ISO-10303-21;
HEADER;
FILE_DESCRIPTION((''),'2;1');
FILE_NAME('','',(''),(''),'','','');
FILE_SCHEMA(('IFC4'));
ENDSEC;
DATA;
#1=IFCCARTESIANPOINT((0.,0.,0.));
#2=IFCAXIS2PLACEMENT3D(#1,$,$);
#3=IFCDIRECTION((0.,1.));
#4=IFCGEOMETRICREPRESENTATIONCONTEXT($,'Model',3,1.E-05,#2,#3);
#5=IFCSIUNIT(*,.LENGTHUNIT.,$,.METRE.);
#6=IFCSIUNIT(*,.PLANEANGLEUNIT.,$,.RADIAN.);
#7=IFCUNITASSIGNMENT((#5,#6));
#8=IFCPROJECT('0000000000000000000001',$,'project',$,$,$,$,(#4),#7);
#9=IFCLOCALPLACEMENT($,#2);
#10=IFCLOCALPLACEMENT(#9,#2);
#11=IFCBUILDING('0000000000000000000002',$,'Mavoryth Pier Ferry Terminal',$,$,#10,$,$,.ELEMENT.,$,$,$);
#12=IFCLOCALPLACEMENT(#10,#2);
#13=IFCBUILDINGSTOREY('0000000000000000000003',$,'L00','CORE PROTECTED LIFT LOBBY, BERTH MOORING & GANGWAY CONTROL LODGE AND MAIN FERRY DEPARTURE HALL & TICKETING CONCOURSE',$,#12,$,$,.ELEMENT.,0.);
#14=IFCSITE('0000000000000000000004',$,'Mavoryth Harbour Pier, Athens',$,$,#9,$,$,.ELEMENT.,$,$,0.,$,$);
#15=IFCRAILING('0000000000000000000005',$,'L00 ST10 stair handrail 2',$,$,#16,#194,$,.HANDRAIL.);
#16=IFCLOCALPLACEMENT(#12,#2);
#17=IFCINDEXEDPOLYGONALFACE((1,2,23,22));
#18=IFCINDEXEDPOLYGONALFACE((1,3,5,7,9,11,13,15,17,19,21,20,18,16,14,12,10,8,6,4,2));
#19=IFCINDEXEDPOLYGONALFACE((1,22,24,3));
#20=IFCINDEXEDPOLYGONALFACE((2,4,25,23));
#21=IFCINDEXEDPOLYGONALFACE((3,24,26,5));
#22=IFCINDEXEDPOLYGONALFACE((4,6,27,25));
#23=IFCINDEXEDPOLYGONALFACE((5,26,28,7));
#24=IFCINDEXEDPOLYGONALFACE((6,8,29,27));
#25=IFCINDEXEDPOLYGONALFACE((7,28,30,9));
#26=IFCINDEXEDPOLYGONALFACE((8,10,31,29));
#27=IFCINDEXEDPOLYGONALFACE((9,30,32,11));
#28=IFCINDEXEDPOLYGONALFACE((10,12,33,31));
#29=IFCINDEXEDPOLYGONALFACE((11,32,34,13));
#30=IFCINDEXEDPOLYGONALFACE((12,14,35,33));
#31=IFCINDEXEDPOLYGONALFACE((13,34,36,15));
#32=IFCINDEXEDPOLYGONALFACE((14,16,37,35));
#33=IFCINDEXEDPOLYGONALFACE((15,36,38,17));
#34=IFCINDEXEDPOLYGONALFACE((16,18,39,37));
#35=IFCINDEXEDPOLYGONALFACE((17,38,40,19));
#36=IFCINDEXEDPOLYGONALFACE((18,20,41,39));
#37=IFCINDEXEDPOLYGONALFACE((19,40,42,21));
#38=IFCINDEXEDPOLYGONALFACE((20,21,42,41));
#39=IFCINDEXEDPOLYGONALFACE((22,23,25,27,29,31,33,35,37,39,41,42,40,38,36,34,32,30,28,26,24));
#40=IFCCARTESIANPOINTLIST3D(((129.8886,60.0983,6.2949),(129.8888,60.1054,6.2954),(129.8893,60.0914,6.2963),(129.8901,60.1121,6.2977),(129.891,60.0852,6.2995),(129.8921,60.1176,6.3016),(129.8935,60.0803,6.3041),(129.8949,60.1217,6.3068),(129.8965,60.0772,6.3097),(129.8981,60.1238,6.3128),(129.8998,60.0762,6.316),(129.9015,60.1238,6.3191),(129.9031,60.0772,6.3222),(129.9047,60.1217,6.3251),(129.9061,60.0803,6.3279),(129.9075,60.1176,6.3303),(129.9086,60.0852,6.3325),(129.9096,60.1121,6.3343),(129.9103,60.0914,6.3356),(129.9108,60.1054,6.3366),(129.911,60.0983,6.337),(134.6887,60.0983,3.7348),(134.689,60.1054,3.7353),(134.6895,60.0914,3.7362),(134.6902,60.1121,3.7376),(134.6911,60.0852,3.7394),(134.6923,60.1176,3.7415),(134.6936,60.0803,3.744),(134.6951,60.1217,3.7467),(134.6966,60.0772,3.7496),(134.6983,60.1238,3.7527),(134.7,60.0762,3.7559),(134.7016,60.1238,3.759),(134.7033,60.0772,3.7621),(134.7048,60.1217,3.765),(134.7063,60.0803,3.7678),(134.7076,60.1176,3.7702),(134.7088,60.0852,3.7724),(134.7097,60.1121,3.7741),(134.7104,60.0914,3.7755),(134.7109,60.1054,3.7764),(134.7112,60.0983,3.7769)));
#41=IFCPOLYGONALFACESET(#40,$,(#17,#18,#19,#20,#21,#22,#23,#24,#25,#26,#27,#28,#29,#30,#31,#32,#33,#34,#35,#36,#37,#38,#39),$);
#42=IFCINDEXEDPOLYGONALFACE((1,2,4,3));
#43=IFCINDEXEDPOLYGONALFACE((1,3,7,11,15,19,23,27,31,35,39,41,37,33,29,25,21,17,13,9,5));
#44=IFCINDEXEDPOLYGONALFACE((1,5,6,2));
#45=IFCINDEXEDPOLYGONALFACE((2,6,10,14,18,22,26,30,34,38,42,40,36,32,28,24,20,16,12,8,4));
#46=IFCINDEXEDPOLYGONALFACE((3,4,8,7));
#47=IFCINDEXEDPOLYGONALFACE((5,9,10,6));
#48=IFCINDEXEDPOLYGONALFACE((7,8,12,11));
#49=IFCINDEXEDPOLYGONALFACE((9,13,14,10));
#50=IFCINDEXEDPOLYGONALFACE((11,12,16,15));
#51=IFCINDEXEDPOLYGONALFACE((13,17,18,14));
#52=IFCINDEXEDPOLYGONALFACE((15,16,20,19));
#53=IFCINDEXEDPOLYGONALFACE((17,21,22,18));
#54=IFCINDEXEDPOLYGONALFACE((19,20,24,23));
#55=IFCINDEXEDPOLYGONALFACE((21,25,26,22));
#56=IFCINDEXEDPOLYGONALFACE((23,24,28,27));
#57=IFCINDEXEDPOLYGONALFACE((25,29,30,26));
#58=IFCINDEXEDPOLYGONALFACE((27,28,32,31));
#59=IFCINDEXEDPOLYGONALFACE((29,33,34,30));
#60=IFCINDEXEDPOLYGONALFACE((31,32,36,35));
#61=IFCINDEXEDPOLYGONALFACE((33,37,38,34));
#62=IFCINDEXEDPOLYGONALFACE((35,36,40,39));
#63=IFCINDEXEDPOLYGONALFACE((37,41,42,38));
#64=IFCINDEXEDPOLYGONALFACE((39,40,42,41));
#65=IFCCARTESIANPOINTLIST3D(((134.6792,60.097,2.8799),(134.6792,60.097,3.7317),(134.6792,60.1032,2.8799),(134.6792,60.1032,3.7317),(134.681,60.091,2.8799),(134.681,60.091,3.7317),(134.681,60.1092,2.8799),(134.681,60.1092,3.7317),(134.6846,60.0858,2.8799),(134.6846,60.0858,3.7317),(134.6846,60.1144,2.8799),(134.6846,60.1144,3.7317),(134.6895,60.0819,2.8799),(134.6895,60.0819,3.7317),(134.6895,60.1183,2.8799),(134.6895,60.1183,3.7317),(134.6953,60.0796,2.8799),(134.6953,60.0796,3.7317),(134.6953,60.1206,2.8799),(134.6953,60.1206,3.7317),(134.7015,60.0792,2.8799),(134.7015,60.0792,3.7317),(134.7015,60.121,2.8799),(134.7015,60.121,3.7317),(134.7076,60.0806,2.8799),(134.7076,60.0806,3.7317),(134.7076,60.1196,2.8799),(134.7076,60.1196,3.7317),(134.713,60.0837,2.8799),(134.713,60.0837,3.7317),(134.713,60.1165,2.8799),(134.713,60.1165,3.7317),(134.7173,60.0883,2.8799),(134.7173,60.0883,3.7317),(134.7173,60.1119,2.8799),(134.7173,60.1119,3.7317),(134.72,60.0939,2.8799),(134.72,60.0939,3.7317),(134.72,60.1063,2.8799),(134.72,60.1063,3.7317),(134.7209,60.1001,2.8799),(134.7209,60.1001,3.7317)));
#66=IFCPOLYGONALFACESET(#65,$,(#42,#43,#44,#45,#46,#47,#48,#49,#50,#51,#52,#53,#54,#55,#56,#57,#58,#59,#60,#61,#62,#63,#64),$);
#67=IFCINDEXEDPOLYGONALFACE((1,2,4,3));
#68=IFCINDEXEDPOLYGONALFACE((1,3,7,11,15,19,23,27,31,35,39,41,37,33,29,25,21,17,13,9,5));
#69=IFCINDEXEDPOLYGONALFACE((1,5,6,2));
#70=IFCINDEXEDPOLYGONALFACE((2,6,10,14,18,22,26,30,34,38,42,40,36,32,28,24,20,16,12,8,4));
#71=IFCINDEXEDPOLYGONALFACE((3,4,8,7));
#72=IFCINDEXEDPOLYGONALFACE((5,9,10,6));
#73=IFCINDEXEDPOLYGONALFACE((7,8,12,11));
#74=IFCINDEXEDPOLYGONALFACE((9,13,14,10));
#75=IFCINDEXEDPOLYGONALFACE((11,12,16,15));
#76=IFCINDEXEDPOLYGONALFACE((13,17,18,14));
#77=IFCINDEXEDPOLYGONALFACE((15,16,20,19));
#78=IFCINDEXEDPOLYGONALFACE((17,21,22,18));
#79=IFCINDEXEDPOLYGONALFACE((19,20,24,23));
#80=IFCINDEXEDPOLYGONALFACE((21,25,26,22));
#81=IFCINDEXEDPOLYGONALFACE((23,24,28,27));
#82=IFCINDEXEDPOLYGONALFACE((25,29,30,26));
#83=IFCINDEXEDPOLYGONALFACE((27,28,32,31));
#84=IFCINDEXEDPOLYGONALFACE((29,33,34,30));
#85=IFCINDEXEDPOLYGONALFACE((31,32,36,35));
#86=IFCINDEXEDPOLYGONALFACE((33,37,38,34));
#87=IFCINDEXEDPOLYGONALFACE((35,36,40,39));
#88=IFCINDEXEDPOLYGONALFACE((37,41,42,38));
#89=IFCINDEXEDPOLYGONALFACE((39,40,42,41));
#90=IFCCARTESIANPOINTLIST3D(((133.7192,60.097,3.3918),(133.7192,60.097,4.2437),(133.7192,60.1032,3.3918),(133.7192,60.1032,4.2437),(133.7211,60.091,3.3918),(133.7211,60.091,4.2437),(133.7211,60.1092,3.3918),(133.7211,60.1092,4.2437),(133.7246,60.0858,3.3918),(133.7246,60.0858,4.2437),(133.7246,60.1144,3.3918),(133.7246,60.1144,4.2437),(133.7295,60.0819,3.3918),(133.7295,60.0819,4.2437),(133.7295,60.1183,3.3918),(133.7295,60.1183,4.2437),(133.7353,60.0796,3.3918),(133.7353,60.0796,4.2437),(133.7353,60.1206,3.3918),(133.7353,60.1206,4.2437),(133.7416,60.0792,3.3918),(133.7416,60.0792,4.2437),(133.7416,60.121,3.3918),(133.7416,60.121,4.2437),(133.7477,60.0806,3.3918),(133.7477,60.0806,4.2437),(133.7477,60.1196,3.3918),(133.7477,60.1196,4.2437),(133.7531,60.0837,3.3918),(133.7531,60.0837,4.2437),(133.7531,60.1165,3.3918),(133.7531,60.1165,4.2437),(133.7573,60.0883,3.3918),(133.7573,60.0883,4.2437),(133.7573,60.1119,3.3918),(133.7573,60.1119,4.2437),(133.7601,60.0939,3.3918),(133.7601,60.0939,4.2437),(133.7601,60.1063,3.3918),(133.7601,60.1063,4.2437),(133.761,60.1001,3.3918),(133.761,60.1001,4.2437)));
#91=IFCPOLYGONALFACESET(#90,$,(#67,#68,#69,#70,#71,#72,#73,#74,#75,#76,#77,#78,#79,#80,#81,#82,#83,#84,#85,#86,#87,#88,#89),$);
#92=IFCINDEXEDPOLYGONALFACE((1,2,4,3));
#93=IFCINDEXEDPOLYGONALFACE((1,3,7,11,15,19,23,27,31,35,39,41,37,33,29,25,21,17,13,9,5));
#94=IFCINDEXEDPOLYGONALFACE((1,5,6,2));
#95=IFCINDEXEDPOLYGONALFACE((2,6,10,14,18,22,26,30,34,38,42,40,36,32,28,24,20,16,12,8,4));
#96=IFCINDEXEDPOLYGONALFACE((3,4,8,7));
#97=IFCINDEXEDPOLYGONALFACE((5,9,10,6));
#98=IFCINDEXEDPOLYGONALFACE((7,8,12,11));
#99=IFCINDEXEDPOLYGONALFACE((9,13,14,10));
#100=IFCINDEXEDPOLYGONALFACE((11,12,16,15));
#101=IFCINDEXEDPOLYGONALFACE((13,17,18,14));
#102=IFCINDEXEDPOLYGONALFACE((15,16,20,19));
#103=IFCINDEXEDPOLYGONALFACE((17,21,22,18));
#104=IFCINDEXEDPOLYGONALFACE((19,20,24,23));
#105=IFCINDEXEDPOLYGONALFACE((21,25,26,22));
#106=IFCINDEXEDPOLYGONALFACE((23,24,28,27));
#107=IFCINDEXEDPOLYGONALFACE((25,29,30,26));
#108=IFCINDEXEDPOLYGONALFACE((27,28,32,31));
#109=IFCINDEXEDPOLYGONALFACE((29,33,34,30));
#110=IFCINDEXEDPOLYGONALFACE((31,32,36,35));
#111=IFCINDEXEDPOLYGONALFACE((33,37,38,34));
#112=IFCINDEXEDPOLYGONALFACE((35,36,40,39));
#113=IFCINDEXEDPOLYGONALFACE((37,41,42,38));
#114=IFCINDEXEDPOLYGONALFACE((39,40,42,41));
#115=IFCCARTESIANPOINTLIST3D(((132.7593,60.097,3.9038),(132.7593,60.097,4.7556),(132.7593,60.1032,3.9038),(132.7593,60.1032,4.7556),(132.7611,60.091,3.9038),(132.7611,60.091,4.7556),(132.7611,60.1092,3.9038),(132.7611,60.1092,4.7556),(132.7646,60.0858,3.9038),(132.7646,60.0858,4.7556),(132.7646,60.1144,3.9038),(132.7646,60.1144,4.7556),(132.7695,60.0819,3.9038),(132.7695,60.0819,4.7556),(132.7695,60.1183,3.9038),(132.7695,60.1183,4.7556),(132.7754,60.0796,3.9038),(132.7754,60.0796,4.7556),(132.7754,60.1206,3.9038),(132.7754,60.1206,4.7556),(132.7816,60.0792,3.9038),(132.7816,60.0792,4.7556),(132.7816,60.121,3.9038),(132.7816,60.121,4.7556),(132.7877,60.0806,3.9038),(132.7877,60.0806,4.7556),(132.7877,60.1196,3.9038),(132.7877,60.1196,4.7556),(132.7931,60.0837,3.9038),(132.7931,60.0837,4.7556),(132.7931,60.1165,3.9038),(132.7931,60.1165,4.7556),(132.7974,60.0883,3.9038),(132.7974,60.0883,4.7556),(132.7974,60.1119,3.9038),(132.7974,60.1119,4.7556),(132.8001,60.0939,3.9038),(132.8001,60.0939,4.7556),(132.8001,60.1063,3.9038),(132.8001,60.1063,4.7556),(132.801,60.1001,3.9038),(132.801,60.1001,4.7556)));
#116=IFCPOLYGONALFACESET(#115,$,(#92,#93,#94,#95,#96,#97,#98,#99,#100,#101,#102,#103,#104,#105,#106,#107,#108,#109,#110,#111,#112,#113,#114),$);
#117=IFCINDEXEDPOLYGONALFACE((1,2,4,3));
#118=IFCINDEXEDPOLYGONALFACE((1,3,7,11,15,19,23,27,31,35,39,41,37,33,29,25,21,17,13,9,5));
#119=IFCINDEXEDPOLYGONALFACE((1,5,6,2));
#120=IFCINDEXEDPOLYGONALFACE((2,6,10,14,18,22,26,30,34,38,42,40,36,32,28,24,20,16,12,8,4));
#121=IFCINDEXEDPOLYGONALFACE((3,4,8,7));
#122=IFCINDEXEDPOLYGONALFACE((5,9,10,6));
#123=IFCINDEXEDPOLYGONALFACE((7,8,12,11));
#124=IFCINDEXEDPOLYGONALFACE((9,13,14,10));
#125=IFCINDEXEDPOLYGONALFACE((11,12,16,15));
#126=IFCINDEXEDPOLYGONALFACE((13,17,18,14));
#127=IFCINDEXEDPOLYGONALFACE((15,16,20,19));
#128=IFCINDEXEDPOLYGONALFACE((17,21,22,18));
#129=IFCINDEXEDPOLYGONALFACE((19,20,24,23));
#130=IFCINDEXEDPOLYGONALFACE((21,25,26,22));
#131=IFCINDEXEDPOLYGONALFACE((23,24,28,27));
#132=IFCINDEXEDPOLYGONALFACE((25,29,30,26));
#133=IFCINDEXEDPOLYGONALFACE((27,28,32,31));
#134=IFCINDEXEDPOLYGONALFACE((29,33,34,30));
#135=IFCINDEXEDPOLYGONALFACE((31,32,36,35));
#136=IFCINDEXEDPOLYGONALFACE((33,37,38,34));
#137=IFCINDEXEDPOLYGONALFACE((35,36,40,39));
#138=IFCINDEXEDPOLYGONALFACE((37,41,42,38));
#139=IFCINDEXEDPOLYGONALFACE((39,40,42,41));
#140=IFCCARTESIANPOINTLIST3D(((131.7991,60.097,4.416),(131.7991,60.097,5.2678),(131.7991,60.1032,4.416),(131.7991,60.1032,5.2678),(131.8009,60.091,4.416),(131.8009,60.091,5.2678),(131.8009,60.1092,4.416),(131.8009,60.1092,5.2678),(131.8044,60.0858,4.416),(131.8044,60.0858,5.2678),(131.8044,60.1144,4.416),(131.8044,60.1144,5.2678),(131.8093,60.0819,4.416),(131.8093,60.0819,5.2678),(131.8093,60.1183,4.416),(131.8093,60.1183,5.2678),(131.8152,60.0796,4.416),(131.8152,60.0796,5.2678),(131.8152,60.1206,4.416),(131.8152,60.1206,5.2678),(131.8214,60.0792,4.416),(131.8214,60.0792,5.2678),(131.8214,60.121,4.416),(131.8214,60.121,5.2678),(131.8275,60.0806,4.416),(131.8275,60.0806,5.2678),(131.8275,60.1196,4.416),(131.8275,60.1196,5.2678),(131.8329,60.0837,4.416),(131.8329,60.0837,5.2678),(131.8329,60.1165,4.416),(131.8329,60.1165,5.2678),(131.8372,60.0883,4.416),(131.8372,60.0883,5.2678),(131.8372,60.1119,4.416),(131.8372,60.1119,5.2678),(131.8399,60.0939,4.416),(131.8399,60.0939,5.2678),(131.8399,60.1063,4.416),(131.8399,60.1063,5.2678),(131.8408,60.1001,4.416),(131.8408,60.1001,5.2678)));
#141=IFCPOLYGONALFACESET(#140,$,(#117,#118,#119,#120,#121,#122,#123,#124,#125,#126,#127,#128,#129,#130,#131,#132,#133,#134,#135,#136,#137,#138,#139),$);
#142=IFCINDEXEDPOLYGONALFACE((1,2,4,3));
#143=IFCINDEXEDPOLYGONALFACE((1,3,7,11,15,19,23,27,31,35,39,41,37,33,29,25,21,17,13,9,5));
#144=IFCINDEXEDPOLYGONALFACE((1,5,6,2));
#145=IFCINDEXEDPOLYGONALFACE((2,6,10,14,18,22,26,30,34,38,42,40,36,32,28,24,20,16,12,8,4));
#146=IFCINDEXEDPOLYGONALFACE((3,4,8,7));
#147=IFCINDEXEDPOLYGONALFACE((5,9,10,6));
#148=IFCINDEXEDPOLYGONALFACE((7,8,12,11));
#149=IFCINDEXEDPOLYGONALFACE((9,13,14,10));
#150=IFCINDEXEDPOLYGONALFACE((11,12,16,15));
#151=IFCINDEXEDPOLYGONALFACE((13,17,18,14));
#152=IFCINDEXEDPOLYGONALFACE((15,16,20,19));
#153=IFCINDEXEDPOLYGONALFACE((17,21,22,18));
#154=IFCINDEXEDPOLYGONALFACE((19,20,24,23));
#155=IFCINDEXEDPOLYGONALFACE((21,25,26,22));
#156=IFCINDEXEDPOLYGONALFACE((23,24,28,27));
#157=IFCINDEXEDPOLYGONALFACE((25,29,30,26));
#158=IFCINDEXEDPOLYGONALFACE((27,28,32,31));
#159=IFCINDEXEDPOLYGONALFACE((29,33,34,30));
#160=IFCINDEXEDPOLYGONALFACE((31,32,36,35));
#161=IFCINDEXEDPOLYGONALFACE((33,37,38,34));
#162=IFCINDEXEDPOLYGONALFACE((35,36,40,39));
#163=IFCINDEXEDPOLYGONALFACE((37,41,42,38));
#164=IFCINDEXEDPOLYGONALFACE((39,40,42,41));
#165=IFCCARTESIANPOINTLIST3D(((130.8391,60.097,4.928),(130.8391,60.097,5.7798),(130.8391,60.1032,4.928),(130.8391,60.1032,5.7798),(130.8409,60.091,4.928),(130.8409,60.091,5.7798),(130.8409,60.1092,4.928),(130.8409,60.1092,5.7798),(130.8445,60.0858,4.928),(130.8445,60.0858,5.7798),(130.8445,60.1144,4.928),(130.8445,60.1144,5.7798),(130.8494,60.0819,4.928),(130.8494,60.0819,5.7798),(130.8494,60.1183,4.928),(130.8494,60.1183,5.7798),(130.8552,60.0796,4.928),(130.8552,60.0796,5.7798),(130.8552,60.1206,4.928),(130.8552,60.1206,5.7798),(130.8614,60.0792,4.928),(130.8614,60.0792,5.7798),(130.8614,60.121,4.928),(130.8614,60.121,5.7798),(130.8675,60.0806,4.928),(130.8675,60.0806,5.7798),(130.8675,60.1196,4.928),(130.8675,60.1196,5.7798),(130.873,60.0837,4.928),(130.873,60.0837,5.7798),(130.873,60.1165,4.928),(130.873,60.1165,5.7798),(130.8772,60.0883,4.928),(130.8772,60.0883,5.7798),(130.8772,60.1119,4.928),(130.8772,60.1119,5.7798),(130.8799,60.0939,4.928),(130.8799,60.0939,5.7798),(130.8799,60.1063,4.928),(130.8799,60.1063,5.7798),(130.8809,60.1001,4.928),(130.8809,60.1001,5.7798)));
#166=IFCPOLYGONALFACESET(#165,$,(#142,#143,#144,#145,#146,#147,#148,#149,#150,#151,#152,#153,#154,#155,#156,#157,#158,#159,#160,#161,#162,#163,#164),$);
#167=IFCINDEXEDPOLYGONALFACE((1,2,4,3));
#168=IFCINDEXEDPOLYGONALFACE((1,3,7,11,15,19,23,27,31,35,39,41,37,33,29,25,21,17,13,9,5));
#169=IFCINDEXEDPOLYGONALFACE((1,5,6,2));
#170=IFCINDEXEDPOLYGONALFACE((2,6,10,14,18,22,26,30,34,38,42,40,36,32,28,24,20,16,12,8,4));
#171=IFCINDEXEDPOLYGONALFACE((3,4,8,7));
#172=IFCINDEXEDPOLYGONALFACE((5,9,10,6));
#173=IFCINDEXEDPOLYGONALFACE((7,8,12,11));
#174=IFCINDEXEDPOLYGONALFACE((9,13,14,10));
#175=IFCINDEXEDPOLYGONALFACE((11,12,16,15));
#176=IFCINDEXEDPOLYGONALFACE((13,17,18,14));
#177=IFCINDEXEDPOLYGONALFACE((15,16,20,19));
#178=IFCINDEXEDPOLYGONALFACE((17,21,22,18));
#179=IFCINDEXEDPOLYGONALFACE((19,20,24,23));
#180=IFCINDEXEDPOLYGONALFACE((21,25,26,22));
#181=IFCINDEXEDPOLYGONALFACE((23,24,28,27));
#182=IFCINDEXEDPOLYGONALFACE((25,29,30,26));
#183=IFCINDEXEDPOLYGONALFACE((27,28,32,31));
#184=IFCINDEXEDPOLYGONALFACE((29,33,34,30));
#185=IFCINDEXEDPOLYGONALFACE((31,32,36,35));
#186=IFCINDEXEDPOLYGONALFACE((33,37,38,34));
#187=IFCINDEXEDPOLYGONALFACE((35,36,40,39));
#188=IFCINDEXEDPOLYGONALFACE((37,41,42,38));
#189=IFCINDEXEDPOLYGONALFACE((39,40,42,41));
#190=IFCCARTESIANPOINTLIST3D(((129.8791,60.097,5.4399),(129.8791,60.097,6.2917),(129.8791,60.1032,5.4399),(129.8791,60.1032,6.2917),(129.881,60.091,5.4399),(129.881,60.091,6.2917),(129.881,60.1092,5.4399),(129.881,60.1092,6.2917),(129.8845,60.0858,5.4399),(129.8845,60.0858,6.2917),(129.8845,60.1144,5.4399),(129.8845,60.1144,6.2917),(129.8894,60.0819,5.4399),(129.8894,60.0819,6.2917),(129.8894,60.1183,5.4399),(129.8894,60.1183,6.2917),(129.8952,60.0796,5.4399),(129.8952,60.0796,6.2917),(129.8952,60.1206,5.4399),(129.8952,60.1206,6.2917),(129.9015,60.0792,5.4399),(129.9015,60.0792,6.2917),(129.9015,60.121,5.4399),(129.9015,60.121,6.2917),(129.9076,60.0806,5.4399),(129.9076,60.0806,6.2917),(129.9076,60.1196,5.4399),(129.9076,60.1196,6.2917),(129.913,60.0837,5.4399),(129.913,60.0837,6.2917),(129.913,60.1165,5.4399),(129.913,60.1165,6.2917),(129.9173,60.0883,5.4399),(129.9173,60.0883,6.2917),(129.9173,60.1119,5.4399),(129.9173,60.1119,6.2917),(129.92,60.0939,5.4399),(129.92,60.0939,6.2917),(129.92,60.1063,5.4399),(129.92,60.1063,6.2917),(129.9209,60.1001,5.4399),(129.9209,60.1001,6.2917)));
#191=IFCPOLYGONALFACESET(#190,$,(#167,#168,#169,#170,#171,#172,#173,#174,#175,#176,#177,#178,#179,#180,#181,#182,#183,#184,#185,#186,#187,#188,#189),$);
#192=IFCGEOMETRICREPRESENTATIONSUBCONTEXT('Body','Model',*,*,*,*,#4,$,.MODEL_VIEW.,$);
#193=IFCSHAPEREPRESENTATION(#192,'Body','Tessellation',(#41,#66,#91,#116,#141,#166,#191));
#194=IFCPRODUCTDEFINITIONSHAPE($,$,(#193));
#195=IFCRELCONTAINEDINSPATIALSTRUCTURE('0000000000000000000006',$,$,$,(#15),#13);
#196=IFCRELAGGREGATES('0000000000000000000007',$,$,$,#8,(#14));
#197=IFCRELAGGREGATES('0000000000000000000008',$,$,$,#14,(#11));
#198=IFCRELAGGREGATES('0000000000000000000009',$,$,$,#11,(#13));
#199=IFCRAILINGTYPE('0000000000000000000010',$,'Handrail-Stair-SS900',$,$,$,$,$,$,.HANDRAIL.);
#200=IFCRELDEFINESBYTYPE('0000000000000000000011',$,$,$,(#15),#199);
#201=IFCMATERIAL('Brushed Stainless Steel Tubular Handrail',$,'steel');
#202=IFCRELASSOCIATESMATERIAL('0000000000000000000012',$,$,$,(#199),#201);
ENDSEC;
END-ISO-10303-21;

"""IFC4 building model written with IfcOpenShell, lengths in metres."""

from ifc_helpers import new_model, si_unit, direction, frame, origin, origin_2d, place, context, subcontext, project, spatial, circle, extrude, material, type_object, element, save


model = new_model("IFC4")

# Units and contexts
model_context = context("Model", 3, precision=1e-05, world=origin(), true_north=direction((0.0, 1.0)))
body_context = subcontext(model_context, "Body", "Model", "MODEL_VIEW")
ifc_project = project(units=[si_unit("LENGTHUNIT", "METRE"), si_unit("PLANEANGLEUNIT", "RADIAN")], contexts=[model_context])

# Site, building, storey
site_placement = place(None, origin())
site = spatial("IfcSite", under=ifc_project, at=site_placement, Name="Mavoryth Harbour Pier, Athens", CompositionType="ELEMENT", RefElevation=0.0)
building_placement = place(site_placement, origin())
building = spatial("IfcBuilding", under=site, at=building_placement, Name="Mavoryth Pier Ferry Terminal", CompositionType="ELEMENT")
storey_placement = place(building_placement, origin())
storey = spatial("IfcBuildingStorey", under=building, at=storey_placement, Name="L00", Description="CORE PROTECTED LIFT LOBBY, BERTH MOORING & GANGWAY CONTROL LODGE AND MAIN FERRY DEPARTURE HALL & TICKETING CONCOURSE", CompositionType="ELEMENT", Elevation=0.0)

# Railing
ifc_material_1 = material(Name="Brushed Stainless Steel Tubular Handrail", Category="steel")
railing_type_1 = type_object("IfcRailingType", Name="Handrail-Stair-SS900", PredefinedType="HANDRAIL", material=ifc_material_1)
railing_1_placement = place(storey_placement, frame((134.7, 60.1001, 2.8799)))
element("IfcRailing", 1, at=railing_1_placement, inside=storey, type_object=railing_type_1, Name="L00 ST10 stair handrail 2", PredefinedType="HANDRAIL", context=body_context, shape_type="SweptSolid", body=[
    extrude(circle(Radius=0.0239, at=origin_2d()), frame((0.0, 0.0, 0.876), z_axis=(-0.88235, 0.0, 0.470593), x_axis=(0.0, -1.0, 0.0)), (0.0, 0.0, 1.0), 5.4402),
    extrude(circle(Radius=0.021, at=origin_2d()), origin(), (0.0, 0.0, 1.0), 0.8518),
    extrude(circle(Radius=0.021, at=origin_2d()), frame((-0.96, 0.0, 0.512)), (0.0, 0.0, 1.0), 0.8518),
    extrude(circle(Radius=0.021, at=origin_2d()), frame((-1.9199, 0.0, 1.0239)), (0.0, 0.0, 1.0), 0.8518),
    extrude(circle(Radius=0.021, at=origin_2d()), frame((-2.8801, 0.0, 1.5361)), (0.0, 0.0, 1.0), 0.8518),
    extrude(circle(Radius=0.021, at=origin_2d()), frame((-3.8401, 0.0, 2.0481)), (0.0, 0.0, 1.0), 0.8518),
    extrude(circle(Radius=0.021, at=origin_2d()), frame((-4.8, 0.0, 2.5601)), (0.0, 0.0, 1.0), 0.8518),
])

save(model, "model.ifc")
